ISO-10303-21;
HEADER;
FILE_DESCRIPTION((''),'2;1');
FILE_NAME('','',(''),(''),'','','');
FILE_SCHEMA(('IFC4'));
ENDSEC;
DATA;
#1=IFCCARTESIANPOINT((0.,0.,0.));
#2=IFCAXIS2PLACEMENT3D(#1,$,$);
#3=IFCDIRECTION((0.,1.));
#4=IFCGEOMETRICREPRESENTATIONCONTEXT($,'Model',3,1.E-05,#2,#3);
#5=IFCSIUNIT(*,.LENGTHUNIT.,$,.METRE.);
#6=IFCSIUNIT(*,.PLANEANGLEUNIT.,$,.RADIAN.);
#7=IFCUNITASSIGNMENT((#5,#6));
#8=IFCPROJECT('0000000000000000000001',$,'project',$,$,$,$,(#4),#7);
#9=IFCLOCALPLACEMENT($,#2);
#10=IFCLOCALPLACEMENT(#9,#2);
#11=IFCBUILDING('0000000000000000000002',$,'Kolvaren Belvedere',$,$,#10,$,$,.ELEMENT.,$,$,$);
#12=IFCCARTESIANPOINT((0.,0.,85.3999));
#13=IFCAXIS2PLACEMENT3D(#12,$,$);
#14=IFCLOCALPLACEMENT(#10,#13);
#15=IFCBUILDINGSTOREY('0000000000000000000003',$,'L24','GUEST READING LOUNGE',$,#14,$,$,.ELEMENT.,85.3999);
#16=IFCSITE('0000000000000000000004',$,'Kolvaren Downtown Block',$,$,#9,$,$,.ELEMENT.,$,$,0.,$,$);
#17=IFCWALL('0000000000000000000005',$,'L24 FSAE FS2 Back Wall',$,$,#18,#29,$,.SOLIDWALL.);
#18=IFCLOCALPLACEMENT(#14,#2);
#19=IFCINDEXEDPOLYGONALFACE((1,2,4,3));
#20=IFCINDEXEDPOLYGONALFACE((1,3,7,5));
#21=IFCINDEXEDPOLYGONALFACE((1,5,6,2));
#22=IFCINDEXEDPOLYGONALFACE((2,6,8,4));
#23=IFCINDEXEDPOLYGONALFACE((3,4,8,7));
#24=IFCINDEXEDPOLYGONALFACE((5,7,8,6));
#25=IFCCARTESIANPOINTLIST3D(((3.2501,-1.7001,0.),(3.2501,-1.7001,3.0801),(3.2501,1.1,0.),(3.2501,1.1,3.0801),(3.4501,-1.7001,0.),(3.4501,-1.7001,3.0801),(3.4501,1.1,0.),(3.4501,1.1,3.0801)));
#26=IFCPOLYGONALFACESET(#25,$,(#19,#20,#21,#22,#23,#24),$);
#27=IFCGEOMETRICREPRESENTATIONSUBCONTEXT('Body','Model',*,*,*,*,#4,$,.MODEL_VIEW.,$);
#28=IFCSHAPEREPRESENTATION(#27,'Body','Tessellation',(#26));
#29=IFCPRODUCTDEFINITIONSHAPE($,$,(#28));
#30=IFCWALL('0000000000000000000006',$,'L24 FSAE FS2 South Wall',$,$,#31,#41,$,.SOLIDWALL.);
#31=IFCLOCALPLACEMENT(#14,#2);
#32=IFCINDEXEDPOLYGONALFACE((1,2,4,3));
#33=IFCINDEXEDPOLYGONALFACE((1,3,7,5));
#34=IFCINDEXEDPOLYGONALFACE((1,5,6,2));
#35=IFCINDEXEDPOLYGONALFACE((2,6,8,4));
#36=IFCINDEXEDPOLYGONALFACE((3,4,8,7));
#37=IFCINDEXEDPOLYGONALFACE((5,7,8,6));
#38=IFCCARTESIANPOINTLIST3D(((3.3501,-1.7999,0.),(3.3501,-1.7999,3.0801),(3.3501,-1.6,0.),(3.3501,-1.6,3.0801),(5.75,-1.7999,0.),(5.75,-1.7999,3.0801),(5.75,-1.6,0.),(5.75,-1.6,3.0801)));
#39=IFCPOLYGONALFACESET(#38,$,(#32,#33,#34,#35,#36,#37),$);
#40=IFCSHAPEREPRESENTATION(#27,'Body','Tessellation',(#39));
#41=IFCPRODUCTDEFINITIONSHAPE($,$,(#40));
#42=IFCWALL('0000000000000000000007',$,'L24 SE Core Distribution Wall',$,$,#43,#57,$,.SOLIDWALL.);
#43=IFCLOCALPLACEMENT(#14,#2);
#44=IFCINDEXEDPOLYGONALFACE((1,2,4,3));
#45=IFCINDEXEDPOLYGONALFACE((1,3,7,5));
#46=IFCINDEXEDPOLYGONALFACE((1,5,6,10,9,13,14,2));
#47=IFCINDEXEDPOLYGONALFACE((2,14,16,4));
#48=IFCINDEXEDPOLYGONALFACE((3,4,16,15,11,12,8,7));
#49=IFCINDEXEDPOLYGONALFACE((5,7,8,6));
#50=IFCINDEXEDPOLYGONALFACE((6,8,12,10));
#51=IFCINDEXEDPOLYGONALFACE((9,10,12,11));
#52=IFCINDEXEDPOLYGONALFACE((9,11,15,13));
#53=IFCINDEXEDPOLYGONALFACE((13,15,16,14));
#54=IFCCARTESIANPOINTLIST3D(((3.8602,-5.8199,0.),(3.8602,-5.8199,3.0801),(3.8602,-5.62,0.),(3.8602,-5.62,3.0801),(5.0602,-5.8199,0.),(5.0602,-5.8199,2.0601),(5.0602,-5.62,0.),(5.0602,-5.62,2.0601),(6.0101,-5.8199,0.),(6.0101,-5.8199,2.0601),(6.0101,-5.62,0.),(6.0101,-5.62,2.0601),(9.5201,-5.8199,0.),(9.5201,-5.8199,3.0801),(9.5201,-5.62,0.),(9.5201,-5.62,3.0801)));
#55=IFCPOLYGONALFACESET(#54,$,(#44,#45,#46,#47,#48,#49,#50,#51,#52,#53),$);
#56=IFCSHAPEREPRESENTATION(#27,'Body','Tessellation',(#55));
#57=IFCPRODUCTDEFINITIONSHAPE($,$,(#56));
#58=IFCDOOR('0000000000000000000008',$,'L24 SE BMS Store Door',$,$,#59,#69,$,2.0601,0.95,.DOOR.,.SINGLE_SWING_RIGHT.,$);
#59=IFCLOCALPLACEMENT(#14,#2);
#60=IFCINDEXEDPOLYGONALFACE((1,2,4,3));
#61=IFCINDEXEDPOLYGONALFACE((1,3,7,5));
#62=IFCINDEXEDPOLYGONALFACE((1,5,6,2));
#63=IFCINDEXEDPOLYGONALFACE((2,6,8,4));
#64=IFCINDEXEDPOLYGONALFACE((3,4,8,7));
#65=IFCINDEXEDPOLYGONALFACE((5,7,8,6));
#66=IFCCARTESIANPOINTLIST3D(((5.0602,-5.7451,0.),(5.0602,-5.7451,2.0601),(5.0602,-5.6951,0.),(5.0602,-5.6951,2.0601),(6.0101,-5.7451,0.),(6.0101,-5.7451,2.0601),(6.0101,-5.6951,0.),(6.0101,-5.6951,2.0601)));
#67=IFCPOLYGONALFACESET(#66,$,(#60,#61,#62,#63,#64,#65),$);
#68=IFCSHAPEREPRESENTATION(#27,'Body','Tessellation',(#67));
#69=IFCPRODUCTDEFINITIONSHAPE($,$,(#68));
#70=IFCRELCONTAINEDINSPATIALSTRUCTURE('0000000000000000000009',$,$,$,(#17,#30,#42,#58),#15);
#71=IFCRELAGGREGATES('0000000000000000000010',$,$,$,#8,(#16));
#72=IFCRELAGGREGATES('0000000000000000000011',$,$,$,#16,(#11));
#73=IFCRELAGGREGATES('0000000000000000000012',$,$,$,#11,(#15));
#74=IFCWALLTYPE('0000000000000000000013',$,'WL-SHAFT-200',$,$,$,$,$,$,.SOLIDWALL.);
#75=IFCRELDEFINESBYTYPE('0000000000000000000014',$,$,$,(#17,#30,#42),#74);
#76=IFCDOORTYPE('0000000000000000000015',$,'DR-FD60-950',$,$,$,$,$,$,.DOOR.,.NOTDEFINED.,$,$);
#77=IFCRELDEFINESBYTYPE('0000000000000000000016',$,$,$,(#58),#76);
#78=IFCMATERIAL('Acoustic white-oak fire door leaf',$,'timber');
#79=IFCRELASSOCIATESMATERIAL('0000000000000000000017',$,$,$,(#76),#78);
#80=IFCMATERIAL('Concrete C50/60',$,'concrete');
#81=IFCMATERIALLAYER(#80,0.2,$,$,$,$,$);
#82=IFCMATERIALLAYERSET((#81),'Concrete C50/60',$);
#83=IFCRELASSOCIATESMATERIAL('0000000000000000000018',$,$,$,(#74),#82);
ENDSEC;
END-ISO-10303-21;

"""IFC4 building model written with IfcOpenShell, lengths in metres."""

from ifc_helpers import new_model, si_unit, direction, frame, frame_2d, origin, place, context, subcontext, project, spatial, rectangle, extrude, material, layer, layer_set, type_object, element, fill, save


model = new_model("IFC4")

# Units and contexts
model_context = context("Model", 3, precision=1e-05, world=origin(), true_north=direction((0.0, 1.0)))
body_context = subcontext(model_context, "Body", "Model", "MODEL_VIEW")
ifc_project = project(units=[si_unit("LENGTHUNIT", "METRE"), si_unit("PLANEANGLEUNIT", "RADIAN")], contexts=[model_context])

# Site, building, storey
site_placement = place(None, origin())
site = spatial("IfcSite", under=ifc_project, at=site_placement, Name="Kolvaren Downtown Block", CompositionType="ELEMENT", RefElevation=0.0)
building_placement = place(site_placement, origin())
building = spatial("IfcBuilding", under=site, at=building_placement, Name="Kolvaren Belvedere", CompositionType="ELEMENT")
storey_placement = place(building_placement, frame((0.0, 0.0, 85.3999)))
storey = spatial("IfcBuildingStorey", under=building, at=storey_placement, Name="L24", Description="GUEST READING LOUNGE", CompositionType="ELEMENT", Elevation=85.3999)

# Shared definitions
ifc_material_1 = material(Name="Acoustic white-oak fire door leaf", Category="timber")
door_type_1 = type_object("IfcDoorType", Name="DR-FD60-950", OperationType="NOTDEFINED", PredefinedType="DOOR", material=ifc_material_1)
ifc_material_2 = material(Name="Concrete C50/60", Category="concrete")
ifc_layer_1 = layer(ifc_material_2, 0.2)
ifc_layer_set_1 = layer_set([ifc_layer_1], Name="Concrete C50/60")
wall_type_1 = type_object("IfcWallType", Name="WL-SHAFT-200", PredefinedType="SOLIDWALL", material=ifc_layer_set_1)

# Walls
wall_1_placement = place(storey_placement, frame((3.3501, -1.7, 0.0), z_axis=(0.0, 0.0, 1.0), x_axis=(0.0, 1.0, 0.0)))
element("IfcWall", 1, at=wall_1_placement, inside=storey, type_object=wall_type_1, Name="L24 FSAE FS2 Back Wall", PredefinedType="SOLIDWALL", context=body_context, shape_type="SweptSolid", body=[
    extrude(rectangle(XDim=2.8, YDim=0.2, at=frame_2d((1.3999, 0.0))), origin(), (0.0, 0.0, 1.0), 3.0801),
])
wall_2_placement = place(storey_placement, frame((3.3501, -1.7, 0.0), z_axis=(0.0, 0.0, 1.0), x_axis=(1.0, 0.0, 0.0)))
element("IfcWall", 2, at=wall_2_placement, inside=storey, type_object=wall_type_1, Name="L24 FSAE FS2 South Wall", PredefinedType="SOLIDWALL", context=body_context, shape_type="SweptSolid", body=[
    extrude(rectangle(XDim=2.3999, YDim=0.2, at=frame_2d((1.2, 0.0))), origin(), (0.0, 0.0, 1.0), 3.0801),
])

# Wall, opening, door
wall_3_placement = place(storey_placement, frame((3.8601, -5.72, 0.0), z_axis=(0.0, 0.0, 1.0), x_axis=(1.0, 0.0, 0.0)))
wall_3 = element("IfcWall", 3, at=wall_3_placement, inside=storey, type_object=wall_type_1, Name="L24 SE Core Distribution Wall", PredefinedType="SOLIDWALL", context=body_context, shape_type="SweptSolid", body=[
    extrude(rectangle(XDim=5.6599, YDim=0.2, at=frame_2d((2.8301, 0.0))), origin(), (0.0, 0.0, 1.0), 3.0801),
])
opening_1_placement = place(wall_3_placement, frame((1.2, 0.0, 0.0)))
opening_1 = element("IfcOpeningElement", 4, at=opening_1_placement, cuts=wall_3, PredefinedType="OPENING", context=body_context, shape_type="SweptSolid", body=[
    extrude(rectangle(XDim=0.95, YDim=2.0601, at=frame_2d((0.4751, 1.03))), frame((0.0, 0.1099, 0.0), z_axis=(0.0, -1.0, 0.0), x_axis=(1.0, 0.0, 0.0)), (0.0, 0.0, 1.0), 0.22),
])
door_1_placement = place(opening_1_placement, origin())
door_1 = element("IfcDoor", 5, at=door_1_placement, inside=storey, type_object=door_type_1, Name="L24 SE BMS Store Door", OperationType="SINGLE_SWING_RIGHT", OverallHeight=2.0601, OverallWidth=0.95, PredefinedType="DOOR", context=body_context, shape_type="SweptSolid", body=[
    extrude(rectangle(XDim=0.95, YDim=2.0601, at=frame_2d((0.4751, 1.03))), frame((0.0, 0.0249, 0.0), z_axis=(0.0, -1.0, 0.0), x_axis=(1.0, 0.0, 0.0)), (0.0, 0.0, 1.0), 0.05),
])
fill(opening_1, door_1)

save(model, "model.ifc")
